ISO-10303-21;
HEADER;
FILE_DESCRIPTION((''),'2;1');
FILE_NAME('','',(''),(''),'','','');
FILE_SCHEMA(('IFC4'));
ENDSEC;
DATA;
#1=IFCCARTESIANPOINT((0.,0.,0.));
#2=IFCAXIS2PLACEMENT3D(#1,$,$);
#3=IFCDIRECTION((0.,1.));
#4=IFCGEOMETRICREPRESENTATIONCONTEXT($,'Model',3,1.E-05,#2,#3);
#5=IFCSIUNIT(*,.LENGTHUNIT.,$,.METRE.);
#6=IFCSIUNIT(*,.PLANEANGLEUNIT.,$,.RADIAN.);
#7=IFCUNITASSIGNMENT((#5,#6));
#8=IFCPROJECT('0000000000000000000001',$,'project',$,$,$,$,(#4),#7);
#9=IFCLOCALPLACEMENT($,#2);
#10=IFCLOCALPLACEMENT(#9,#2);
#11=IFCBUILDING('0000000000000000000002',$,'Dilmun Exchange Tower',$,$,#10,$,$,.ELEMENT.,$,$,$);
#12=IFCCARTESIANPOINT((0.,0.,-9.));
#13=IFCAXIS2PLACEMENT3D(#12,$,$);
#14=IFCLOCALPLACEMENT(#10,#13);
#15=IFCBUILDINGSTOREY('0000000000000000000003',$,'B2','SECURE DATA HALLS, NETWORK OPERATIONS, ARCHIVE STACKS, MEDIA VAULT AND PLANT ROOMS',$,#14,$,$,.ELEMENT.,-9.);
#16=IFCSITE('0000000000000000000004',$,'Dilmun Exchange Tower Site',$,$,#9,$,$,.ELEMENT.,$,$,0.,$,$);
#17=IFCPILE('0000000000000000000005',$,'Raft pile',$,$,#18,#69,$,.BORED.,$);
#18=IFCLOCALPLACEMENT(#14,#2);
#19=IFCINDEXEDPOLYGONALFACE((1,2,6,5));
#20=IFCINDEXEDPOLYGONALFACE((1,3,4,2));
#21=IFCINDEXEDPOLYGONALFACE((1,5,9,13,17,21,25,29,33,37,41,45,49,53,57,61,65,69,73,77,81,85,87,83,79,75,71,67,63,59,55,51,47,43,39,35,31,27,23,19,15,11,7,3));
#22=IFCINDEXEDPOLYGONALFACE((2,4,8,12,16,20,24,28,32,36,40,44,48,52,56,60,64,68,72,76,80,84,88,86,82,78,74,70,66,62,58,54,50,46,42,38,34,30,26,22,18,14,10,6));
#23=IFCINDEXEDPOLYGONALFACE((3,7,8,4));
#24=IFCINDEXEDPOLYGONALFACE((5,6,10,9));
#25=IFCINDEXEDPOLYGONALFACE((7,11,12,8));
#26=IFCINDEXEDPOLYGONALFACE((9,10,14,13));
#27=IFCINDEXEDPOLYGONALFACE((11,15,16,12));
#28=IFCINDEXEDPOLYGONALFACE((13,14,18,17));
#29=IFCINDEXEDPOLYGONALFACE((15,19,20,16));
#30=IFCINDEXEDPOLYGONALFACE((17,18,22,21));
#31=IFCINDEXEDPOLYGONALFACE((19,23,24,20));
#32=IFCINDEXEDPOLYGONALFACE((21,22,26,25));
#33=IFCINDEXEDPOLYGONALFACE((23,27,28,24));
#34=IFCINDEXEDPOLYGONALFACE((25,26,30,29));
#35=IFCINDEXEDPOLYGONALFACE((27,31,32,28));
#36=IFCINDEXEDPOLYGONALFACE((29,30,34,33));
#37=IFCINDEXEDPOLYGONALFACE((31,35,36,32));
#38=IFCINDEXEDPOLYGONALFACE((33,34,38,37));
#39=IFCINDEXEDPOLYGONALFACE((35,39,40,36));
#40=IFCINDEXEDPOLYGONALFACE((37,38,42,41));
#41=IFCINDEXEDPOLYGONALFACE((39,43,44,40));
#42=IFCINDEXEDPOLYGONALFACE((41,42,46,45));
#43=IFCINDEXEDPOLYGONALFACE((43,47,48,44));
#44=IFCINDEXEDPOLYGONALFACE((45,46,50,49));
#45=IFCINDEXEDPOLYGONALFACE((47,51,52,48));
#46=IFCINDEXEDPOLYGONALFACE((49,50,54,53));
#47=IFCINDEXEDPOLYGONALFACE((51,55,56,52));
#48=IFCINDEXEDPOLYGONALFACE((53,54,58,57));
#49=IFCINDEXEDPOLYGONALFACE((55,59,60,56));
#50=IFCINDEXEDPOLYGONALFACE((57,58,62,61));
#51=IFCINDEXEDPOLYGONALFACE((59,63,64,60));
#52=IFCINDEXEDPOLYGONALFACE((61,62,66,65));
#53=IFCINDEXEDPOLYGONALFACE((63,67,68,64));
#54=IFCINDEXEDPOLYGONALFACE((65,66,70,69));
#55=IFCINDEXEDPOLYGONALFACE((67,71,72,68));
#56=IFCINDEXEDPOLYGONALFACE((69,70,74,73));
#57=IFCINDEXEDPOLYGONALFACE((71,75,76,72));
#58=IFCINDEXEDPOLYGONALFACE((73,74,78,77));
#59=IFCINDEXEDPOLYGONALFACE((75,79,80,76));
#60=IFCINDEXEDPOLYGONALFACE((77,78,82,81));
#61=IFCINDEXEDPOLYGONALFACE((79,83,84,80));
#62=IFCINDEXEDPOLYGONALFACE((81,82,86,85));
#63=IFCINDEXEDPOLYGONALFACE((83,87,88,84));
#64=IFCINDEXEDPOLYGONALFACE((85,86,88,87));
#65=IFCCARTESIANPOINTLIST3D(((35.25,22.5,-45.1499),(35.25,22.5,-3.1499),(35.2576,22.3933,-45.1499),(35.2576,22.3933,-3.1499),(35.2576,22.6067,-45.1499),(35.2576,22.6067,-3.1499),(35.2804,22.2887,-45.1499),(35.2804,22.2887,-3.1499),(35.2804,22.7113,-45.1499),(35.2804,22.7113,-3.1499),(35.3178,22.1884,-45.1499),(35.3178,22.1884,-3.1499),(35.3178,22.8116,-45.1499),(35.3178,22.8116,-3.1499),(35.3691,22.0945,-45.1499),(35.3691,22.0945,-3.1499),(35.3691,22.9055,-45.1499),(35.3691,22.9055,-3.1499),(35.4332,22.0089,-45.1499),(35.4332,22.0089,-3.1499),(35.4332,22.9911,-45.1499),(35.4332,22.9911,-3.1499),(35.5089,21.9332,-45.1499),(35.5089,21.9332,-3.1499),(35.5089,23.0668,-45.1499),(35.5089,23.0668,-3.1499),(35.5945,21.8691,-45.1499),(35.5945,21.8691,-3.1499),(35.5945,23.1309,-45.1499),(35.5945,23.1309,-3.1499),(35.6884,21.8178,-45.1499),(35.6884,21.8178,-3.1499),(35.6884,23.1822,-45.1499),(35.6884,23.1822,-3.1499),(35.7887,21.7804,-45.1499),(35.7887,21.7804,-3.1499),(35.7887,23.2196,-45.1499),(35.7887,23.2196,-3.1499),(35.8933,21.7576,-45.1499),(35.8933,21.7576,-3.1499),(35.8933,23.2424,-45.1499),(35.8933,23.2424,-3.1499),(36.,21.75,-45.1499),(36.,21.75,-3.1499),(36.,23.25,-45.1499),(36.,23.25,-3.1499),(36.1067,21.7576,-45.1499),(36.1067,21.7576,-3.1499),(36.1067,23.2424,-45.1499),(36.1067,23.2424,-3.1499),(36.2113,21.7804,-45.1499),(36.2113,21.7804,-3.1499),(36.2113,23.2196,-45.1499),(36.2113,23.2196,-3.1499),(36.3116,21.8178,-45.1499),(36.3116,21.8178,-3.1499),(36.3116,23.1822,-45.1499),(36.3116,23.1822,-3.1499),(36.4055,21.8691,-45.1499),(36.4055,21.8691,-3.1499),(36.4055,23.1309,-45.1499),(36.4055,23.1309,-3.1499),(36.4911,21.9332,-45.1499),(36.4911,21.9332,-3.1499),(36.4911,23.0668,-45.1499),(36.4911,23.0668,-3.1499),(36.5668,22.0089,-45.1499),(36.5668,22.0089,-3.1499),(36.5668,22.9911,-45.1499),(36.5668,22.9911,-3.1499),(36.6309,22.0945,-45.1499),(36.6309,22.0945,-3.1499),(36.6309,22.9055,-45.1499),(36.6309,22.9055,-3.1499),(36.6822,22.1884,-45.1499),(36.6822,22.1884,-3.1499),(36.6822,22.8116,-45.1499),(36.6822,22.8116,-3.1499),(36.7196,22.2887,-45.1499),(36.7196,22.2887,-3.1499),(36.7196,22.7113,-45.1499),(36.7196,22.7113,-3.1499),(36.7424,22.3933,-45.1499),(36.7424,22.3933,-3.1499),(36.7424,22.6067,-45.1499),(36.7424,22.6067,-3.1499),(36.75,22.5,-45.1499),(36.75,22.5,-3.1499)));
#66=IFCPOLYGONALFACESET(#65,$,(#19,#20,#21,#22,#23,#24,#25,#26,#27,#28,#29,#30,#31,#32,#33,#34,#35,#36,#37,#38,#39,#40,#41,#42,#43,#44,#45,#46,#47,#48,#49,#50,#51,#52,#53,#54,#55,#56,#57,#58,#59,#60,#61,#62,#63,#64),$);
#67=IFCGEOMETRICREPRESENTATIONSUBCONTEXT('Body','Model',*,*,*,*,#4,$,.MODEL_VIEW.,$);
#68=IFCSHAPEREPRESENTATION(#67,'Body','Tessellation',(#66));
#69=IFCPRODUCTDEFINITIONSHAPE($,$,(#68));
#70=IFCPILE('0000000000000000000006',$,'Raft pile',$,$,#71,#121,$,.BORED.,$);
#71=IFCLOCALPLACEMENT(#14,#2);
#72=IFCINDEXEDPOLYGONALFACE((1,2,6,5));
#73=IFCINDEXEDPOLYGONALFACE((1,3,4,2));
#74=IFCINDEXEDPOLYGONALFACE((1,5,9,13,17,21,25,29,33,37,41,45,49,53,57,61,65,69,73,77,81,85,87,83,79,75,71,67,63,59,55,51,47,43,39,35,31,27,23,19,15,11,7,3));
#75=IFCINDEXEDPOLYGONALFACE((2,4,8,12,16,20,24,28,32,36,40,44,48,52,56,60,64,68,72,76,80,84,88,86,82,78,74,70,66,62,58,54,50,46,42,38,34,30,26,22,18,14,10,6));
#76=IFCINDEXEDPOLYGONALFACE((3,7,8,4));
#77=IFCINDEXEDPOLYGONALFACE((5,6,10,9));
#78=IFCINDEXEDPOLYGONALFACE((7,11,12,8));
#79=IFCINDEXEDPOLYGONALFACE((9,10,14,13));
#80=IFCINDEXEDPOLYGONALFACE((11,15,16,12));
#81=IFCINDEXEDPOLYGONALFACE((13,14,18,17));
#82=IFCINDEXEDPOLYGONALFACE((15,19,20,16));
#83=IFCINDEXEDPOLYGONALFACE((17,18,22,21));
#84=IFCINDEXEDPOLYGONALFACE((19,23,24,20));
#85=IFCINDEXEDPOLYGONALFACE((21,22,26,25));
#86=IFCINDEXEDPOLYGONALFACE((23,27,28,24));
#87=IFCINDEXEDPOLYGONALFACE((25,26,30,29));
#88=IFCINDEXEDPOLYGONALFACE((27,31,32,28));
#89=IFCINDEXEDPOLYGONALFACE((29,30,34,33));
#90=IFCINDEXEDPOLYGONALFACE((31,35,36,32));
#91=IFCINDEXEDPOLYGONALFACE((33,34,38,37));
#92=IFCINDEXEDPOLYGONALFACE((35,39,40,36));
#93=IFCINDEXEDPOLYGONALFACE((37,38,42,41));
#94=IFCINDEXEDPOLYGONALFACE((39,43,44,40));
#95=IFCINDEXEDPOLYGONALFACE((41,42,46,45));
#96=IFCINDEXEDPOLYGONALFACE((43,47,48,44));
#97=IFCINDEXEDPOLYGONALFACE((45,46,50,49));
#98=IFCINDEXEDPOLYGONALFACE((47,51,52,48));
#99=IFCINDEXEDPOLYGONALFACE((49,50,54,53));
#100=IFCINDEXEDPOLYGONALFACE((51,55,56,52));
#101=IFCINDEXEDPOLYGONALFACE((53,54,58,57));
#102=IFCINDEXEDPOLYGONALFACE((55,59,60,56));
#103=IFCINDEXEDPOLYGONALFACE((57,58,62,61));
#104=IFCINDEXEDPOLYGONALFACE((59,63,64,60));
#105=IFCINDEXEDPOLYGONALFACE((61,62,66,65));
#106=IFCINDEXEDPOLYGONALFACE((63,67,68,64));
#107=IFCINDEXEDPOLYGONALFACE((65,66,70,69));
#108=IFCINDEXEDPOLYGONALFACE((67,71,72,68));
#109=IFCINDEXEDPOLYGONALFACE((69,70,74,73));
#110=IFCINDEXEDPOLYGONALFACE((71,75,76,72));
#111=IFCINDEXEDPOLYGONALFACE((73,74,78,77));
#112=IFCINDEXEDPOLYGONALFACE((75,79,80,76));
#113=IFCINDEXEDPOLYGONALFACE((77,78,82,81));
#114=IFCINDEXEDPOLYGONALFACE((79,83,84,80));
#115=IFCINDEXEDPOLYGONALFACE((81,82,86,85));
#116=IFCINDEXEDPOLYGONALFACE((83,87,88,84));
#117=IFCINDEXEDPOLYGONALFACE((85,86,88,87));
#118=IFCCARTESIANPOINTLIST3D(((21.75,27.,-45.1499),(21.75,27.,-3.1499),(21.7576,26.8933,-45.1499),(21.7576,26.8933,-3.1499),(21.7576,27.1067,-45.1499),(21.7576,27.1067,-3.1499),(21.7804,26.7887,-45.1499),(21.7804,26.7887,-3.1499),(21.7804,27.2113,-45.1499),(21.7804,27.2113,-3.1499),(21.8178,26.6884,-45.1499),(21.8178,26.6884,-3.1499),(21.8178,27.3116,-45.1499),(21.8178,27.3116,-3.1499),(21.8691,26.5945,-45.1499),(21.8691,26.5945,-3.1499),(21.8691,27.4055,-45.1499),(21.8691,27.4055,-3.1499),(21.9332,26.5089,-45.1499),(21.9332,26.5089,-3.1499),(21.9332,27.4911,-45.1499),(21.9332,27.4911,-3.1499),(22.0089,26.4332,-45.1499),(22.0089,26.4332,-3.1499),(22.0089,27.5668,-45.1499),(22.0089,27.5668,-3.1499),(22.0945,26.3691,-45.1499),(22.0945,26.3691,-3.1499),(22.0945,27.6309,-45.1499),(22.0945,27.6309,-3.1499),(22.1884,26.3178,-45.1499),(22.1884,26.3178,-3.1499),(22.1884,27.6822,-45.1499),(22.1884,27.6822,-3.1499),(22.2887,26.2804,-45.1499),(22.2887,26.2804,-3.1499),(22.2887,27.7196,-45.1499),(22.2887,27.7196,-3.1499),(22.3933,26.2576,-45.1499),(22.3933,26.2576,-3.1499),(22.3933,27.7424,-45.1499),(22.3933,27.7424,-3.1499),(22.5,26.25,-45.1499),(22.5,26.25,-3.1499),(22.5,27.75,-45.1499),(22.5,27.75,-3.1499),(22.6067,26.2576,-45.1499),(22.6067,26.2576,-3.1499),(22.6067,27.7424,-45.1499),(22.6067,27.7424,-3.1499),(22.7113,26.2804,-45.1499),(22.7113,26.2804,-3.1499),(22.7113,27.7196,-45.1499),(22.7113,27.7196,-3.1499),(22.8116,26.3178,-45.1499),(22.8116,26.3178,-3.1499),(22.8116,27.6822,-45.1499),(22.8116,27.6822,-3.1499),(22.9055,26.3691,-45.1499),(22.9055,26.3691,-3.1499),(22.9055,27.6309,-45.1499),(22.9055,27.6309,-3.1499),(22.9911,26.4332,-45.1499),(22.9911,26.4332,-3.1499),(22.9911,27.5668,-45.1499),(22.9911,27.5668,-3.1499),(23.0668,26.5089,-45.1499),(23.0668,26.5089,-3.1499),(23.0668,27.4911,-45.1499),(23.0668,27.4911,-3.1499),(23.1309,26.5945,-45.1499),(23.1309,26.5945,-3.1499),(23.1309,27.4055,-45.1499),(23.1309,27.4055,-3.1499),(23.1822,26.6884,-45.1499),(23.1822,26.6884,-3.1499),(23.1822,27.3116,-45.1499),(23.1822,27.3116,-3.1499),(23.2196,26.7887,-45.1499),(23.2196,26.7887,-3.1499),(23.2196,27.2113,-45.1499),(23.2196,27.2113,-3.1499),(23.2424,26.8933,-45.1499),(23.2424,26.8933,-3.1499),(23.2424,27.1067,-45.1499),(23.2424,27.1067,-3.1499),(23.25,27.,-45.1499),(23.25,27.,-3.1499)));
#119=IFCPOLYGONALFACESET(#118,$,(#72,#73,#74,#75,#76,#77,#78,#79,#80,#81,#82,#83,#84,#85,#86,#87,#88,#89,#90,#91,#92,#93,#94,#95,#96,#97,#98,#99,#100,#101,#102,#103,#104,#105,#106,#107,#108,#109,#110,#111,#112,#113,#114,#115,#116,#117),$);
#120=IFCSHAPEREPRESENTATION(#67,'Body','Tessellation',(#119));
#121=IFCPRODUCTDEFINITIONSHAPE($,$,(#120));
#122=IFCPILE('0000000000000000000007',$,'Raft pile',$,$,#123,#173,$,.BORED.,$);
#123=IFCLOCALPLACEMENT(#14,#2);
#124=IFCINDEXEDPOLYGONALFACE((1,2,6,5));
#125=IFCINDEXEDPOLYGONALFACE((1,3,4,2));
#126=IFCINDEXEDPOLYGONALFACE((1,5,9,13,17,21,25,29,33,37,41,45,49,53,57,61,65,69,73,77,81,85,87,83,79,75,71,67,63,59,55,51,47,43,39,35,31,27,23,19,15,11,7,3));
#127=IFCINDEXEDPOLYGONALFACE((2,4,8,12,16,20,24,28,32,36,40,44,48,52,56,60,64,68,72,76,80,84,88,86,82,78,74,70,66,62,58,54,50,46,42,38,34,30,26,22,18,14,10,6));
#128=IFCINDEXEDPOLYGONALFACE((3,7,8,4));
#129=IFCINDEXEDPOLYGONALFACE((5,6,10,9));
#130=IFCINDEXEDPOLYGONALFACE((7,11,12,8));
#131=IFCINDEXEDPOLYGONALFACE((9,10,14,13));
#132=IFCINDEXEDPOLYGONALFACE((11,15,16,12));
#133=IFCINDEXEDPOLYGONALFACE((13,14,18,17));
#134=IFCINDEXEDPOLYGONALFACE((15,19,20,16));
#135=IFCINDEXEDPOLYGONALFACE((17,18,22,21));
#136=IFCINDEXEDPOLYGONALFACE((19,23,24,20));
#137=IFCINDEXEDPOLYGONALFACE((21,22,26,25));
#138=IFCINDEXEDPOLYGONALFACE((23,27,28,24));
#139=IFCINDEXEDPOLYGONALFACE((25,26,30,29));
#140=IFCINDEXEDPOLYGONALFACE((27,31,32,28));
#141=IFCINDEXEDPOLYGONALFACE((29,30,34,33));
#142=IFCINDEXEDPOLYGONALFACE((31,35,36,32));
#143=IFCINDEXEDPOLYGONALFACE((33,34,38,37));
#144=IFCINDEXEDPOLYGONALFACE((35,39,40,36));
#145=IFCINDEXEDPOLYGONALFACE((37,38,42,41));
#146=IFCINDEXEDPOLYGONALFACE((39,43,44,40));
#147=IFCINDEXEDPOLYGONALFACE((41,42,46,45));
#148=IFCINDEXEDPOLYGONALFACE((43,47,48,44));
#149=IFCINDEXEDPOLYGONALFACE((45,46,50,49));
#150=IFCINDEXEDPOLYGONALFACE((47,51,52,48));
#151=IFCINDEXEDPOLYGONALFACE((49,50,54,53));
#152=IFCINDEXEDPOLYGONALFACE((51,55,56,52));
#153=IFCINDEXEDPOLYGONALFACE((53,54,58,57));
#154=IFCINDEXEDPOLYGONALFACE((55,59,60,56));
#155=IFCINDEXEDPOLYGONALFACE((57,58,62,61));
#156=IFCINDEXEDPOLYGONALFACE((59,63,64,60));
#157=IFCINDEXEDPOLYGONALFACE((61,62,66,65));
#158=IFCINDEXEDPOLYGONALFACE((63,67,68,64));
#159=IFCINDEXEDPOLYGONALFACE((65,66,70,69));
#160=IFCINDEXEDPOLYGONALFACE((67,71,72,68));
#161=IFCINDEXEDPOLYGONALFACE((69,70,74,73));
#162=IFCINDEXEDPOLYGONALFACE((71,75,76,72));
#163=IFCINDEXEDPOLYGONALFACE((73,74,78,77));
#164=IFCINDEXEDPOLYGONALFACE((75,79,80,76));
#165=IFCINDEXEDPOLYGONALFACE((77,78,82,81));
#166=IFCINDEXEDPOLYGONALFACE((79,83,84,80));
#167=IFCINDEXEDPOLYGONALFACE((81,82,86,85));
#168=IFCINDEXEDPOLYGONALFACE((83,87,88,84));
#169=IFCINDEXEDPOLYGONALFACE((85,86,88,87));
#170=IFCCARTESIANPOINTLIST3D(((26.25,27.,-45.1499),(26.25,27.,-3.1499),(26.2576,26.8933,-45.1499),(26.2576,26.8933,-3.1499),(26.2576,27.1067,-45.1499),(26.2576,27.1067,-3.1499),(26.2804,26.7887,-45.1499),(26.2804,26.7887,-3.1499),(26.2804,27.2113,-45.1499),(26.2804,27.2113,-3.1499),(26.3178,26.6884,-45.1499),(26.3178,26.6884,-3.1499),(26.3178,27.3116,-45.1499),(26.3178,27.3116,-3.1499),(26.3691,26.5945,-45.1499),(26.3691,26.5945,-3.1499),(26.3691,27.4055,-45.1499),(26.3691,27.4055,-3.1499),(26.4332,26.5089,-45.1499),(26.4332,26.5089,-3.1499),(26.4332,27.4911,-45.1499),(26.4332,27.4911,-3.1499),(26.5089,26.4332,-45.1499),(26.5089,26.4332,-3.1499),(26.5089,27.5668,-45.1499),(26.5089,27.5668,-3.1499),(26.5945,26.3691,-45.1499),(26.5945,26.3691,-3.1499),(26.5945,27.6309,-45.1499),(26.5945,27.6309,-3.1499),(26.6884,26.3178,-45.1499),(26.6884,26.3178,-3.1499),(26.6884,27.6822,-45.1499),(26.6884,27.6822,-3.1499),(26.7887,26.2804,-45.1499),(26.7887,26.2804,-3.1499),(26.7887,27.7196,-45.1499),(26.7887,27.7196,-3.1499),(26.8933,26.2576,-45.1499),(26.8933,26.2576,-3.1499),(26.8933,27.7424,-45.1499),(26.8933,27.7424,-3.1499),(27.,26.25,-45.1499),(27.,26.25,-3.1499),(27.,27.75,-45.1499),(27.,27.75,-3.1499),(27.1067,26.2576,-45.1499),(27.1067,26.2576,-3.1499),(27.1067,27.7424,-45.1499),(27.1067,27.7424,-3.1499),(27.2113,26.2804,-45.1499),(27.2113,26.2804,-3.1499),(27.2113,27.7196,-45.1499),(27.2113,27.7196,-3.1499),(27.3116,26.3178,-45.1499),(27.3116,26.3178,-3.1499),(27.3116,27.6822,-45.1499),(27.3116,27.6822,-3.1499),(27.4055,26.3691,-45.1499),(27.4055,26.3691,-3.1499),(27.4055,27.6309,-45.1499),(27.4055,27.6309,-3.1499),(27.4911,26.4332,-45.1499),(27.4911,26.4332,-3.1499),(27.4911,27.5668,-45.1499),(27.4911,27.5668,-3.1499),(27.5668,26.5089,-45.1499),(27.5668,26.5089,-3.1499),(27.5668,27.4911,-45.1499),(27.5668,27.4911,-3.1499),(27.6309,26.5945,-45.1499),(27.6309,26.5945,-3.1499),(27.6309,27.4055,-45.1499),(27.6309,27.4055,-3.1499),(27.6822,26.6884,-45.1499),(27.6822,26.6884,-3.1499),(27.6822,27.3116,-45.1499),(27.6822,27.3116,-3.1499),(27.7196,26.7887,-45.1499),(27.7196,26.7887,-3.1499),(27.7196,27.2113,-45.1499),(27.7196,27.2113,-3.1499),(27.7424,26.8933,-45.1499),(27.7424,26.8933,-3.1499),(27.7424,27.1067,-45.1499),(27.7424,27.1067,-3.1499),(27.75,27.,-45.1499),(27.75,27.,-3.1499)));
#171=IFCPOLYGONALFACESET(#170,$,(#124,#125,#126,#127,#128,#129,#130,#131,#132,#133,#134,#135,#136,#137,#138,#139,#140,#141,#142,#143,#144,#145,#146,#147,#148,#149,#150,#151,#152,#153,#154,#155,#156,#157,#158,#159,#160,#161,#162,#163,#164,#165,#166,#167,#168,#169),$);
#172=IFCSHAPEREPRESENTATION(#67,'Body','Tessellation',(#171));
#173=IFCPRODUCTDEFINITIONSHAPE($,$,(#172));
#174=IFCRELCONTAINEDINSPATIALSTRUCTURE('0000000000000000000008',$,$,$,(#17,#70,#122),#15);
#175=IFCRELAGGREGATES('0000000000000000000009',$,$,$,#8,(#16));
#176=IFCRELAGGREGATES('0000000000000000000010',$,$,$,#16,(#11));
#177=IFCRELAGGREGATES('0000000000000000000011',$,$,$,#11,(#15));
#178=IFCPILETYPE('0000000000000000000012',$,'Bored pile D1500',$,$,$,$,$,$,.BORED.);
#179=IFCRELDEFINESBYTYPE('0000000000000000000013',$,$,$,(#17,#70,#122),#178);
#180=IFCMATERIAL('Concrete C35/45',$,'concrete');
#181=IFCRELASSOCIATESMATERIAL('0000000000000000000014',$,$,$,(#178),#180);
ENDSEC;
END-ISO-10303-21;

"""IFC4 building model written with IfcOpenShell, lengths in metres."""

from ifc_helpers import new_model, si_unit, direction, frame, origin, origin_2d, place, context, subcontext, project, spatial, circle, extrude, material, material_profile, profile_set, type_object, element, save


model = new_model("IFC4")

# Units and contexts
model_context = context("Model", 3, precision=1e-05, world=origin(), true_north=direction((0.0, 1.0)))
body_context = subcontext(model_context, "Body", "Model", "MODEL_VIEW")
ifc_project = project(units=[si_unit("LENGTHUNIT", "METRE"), si_unit("PLANEANGLEUNIT", "RADIAN")], contexts=[model_context])

# Site, building, storey
site_placement = place(None, origin())
site = spatial("IfcSite", under=ifc_project, at=site_placement, Name="Dilmun Exchange Tower Site", CompositionType="ELEMENT", RefElevation=0.0)
building_placement = place(site_placement, origin())
building = spatial("IfcBuilding", under=site, at=building_placement, Name="Dilmun Exchange Tower", CompositionType="ELEMENT")
storey_placement = place(building_placement, frame((0.0, 0.0, -9.0)))
storey = spatial("IfcBuildingStorey", under=building, at=storey_placement, Name="B2", Description="SECURE DATA HALLS, NETWORK OPERATIONS, ARCHIVE STACKS, MEDIA VAULT AND PLANT ROOMS", CompositionType="ELEMENT", Elevation=-9.0)

# Piles
ifc_material_1 = material(Name="Concrete C35/45", Category="concrete")
ifc_material_profile_1 = material_profile(ifc_material_1, circle(Radius=0.75, at=origin_2d()), Name="D1500")
ifc_profile_set_1 = profile_set([ifc_material_profile_1], Name="Concrete C35/45")
pile_type = type_object("IfcPileType", Name="Bored pile D1500", PredefinedType="BORED", material=ifc_profile_set_1)
for number, where, z_axis, x_axis, name in (
    (1, (36.0, 22.5, -3.1499), (0.0, 0.0, -1.0), (1.0, 0.0, 0.0), "Raft pile"),
    (2, (22.5, 27.0, -3.1499), (0.0, 0.0, -1.0), (1.0, 0.0, 0.0), "Raft pile"),
    (3, (27.0, 27.0, -3.1499), (0.0, 0.0, -1.0), (1.0, 0.0, 0.0), "Raft pile"),
):
    element("IfcPile", number, at=place(storey_placement, frame(where, z_axis=z_axis, x_axis=x_axis)), inside=storey, type_object=pile_type, Name=name, PredefinedType="BORED", context=body_context, shape_type="SweptSolid", body=[
        extrude(circle(Radius=0.75, at=origin_2d()), origin(), (0.0, 0.0, 1.0), 42.0),
    ])

save(model, "model.ifc")
